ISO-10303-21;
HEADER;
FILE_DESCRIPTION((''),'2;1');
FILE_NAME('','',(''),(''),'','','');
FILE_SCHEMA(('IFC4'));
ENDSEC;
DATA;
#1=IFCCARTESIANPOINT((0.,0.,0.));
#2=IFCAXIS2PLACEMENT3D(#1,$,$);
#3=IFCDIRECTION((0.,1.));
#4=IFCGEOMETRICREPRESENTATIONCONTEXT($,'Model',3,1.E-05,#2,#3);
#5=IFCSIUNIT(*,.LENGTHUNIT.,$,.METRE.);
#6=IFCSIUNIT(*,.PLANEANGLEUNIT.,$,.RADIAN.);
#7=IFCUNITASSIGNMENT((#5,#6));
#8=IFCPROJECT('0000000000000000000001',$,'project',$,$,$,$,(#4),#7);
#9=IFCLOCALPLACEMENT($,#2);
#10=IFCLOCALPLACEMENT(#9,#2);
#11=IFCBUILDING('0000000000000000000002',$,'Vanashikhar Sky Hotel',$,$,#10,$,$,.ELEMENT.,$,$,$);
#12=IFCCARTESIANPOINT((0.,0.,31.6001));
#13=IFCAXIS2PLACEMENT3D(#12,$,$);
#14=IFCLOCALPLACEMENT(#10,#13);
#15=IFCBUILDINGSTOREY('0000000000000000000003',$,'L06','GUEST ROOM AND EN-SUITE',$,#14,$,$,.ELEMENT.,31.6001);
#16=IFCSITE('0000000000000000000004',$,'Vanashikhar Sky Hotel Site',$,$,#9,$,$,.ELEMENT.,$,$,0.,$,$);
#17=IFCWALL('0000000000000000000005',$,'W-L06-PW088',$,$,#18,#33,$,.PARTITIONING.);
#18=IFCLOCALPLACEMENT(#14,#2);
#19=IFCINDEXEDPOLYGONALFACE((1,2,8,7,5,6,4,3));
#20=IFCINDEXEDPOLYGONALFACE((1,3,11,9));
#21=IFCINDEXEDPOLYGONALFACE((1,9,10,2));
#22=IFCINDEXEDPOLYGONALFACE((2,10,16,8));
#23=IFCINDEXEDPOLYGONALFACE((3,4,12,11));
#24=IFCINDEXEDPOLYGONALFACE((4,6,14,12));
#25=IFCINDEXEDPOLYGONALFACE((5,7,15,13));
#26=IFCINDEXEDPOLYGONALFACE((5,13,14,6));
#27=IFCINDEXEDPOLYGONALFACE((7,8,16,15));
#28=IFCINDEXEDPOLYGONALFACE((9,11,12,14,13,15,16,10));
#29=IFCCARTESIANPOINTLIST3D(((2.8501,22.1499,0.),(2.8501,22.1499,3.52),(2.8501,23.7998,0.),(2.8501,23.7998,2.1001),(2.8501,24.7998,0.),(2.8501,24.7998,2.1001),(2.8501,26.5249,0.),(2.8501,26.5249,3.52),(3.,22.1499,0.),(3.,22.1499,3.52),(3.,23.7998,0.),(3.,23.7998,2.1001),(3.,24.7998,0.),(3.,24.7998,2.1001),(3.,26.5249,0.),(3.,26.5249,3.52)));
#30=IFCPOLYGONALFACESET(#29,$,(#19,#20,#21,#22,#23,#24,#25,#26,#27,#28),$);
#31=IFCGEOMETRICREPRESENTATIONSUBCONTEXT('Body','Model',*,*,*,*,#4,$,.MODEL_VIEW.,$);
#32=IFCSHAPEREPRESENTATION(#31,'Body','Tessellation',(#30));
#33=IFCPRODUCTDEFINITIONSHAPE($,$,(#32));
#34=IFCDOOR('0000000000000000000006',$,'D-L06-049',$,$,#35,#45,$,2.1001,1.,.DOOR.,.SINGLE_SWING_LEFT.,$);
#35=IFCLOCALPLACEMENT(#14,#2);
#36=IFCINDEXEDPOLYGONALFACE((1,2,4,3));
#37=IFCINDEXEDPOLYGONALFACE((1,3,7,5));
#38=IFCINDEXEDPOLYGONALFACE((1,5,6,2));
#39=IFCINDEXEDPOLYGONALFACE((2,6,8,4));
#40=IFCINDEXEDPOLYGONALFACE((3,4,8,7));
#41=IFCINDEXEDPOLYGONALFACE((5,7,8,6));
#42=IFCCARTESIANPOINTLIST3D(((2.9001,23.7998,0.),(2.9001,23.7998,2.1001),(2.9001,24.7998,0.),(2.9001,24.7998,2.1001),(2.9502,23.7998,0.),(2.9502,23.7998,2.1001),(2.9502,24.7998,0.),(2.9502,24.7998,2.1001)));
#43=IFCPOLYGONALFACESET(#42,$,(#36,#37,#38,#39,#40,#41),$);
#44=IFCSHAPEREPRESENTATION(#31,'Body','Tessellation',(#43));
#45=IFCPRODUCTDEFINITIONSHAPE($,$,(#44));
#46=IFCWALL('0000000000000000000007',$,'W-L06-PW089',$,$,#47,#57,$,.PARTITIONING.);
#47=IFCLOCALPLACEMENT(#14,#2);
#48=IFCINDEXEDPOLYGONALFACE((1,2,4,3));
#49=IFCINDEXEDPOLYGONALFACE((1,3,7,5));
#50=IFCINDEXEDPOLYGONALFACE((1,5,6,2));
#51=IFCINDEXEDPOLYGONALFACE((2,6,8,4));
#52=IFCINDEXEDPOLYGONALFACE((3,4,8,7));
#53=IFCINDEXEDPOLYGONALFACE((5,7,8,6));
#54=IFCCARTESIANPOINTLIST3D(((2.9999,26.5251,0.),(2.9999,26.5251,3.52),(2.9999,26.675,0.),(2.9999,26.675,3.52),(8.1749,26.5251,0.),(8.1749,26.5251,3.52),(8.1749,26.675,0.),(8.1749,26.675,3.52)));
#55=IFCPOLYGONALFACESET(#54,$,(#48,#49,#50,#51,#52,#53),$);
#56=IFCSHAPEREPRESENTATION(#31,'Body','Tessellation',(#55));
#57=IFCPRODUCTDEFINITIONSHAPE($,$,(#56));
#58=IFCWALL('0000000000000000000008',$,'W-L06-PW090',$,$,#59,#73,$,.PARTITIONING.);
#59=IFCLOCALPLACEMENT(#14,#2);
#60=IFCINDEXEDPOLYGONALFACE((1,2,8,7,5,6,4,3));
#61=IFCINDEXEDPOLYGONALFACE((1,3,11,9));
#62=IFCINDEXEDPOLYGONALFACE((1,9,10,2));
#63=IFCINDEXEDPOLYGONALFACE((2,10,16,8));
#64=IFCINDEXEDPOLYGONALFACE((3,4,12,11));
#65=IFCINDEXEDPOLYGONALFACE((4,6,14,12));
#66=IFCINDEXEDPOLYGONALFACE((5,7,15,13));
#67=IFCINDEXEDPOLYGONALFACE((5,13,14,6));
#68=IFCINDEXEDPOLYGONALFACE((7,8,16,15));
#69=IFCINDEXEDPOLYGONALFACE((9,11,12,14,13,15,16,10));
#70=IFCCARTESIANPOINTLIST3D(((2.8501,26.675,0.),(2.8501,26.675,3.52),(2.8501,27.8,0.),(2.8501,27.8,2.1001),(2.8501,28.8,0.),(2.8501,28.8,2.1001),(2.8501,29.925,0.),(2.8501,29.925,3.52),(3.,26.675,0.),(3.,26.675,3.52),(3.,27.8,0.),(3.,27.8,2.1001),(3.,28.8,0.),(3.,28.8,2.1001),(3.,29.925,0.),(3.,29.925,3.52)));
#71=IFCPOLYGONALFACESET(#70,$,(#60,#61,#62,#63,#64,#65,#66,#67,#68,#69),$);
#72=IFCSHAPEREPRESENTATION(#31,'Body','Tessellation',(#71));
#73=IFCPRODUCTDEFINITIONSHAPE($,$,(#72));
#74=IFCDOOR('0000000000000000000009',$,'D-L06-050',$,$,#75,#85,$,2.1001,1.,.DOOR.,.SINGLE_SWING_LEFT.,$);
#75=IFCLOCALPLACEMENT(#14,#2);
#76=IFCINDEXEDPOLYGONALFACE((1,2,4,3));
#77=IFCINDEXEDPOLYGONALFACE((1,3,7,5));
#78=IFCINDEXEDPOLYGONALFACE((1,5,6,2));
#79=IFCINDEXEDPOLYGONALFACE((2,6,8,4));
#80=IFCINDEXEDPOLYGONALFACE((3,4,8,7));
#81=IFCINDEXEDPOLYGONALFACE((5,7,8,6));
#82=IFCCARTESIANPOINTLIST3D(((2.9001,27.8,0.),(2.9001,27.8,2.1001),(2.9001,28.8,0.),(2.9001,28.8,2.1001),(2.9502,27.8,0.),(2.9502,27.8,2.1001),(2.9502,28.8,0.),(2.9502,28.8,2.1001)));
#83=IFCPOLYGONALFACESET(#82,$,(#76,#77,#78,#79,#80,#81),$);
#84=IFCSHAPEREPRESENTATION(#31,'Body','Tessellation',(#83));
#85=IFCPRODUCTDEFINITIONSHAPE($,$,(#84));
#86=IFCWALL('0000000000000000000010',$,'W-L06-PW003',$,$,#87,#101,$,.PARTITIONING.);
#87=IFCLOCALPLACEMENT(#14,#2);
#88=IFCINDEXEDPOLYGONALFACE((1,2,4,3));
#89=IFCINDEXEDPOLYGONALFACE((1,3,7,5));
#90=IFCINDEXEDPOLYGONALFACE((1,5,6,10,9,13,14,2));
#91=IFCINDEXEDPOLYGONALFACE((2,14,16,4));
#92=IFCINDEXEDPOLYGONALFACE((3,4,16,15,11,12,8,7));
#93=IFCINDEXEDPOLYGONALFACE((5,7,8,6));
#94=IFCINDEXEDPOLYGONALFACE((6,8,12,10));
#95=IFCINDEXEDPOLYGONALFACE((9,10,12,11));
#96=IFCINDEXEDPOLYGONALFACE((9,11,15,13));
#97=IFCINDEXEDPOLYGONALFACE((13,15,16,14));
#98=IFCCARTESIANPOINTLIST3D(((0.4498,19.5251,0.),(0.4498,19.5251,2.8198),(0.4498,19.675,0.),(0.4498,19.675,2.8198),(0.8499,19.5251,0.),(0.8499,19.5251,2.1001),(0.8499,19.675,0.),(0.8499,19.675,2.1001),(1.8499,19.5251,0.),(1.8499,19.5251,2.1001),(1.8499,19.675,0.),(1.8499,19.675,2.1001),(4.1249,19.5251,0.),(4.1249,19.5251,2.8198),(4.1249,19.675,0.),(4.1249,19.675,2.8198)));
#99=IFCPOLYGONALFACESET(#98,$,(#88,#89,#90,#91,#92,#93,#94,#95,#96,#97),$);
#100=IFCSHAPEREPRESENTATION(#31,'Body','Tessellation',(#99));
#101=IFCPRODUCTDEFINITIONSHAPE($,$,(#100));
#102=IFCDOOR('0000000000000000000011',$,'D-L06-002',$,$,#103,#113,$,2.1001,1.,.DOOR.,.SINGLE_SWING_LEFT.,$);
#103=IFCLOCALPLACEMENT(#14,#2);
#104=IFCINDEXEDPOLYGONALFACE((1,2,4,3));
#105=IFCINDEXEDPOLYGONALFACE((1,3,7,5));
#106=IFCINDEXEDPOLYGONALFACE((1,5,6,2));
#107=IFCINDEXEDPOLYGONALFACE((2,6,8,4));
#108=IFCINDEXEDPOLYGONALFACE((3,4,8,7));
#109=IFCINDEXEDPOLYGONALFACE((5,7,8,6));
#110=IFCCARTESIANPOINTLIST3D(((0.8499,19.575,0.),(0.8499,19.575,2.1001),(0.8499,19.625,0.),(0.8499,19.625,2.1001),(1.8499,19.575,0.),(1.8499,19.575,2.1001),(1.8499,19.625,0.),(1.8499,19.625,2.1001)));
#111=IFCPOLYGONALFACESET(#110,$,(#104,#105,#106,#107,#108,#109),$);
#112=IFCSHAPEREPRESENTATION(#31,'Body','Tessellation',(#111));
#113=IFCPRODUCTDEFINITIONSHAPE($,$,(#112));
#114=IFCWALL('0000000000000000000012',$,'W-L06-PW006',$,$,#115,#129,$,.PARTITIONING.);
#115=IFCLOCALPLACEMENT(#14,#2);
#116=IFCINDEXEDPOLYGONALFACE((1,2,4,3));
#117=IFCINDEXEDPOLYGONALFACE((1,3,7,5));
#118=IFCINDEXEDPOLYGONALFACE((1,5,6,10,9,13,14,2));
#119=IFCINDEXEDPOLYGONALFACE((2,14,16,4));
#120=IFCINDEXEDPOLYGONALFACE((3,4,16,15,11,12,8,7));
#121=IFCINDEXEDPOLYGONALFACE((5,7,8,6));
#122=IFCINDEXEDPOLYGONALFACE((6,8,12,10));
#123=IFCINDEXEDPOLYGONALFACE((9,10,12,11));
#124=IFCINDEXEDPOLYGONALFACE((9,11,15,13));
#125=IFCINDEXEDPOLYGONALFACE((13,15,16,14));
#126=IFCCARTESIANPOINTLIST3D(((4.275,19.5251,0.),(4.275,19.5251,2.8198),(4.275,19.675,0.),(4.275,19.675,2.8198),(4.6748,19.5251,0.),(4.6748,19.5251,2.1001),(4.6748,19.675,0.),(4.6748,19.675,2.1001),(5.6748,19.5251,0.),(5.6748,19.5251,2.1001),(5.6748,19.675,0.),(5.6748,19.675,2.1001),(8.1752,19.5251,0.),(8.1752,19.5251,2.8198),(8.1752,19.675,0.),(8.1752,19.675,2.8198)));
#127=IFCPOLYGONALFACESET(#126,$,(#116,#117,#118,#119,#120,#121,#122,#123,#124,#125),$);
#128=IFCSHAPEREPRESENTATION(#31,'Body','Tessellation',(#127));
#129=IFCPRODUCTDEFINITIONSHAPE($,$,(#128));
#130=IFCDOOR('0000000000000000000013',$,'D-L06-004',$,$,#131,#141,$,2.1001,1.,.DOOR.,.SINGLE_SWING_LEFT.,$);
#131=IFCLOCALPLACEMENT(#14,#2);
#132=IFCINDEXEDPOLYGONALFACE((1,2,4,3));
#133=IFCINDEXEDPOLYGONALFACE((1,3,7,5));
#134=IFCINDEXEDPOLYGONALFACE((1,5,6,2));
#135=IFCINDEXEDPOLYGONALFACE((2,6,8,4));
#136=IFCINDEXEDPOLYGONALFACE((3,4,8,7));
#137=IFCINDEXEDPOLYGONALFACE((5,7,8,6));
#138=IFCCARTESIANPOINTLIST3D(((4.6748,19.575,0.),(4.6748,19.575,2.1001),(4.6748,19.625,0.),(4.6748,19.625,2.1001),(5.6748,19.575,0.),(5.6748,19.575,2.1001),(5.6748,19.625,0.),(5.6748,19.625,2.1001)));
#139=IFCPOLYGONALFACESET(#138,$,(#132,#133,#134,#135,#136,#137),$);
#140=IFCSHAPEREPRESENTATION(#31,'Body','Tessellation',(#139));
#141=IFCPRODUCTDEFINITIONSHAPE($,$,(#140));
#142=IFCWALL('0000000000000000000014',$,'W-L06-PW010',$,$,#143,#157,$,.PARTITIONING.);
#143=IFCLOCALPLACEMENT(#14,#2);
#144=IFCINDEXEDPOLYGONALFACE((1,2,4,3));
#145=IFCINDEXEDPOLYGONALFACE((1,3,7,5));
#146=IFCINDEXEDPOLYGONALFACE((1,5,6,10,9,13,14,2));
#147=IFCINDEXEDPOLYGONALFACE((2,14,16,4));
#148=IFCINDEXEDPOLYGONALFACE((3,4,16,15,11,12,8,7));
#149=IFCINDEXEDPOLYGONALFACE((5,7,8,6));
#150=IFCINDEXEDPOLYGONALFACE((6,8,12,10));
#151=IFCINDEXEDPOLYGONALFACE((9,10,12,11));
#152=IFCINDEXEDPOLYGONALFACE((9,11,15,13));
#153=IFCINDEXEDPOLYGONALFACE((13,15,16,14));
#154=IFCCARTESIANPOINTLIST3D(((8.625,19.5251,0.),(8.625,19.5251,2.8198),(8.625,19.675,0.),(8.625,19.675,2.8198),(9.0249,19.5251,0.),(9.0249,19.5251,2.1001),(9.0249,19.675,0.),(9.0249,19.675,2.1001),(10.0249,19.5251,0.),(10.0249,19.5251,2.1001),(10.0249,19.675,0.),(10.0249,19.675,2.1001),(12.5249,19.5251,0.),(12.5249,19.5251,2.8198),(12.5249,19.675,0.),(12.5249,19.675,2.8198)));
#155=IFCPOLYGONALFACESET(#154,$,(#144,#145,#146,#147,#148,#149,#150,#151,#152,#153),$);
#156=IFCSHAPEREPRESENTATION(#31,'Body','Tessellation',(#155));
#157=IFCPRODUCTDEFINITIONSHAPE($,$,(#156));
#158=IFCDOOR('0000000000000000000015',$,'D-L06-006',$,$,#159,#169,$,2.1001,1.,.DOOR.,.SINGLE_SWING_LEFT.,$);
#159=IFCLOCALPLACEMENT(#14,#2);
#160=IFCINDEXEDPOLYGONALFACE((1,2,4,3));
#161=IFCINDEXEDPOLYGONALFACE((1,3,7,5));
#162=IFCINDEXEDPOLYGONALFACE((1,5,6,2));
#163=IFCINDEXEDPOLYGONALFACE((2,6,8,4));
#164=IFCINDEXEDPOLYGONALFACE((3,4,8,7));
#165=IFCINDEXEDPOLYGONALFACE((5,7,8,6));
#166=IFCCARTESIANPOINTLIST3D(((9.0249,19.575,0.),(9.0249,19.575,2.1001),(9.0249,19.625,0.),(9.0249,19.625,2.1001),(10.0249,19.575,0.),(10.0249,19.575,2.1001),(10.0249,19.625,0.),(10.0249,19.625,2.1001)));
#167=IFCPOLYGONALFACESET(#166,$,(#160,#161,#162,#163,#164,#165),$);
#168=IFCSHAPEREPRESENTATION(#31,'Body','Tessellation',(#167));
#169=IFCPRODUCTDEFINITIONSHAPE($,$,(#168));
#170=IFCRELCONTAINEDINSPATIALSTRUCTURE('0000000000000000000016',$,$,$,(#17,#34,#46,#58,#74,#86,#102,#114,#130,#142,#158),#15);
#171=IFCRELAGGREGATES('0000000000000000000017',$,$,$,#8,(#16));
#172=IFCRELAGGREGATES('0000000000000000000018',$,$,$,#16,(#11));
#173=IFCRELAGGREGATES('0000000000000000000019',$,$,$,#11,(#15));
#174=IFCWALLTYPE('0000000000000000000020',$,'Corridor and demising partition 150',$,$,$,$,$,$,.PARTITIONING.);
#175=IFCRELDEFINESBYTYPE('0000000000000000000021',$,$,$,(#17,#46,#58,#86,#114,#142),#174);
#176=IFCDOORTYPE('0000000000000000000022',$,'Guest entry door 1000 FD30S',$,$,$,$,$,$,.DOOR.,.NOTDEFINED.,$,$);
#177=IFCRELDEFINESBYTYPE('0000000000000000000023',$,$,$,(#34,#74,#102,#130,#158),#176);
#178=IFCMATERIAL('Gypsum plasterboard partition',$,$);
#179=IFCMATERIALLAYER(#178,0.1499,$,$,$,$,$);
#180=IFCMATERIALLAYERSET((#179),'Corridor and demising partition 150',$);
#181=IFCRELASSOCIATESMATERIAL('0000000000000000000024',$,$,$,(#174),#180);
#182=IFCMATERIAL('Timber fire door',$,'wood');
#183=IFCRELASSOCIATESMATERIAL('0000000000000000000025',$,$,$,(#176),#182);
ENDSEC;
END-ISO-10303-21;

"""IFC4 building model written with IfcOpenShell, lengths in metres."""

from ifc_helpers import new_model, si_unit, direction, frame, frame_2d, origin, place, context, subcontext, project, spatial, rectangle, extrude, source, transform, mapped, material, layer, layer_set, type_object, element, fill, save


model = new_model("IFC4")

# Units and contexts
model_context = context("Model", 3, precision=1e-05, world=origin(), true_north=direction((0.0, 1.0)))
body_context = subcontext(model_context, "Body", "Model", "MODEL_VIEW")
ifc_project = project(units=[si_unit("LENGTHUNIT", "METRE"), si_unit("PLANEANGLEUNIT", "RADIAN")], contexts=[model_context])

# Site, building, storey
site_placement = place(None, origin())
site = spatial("IfcSite", under=ifc_project, at=site_placement, Name="Vanashikhar Sky Hotel Site", CompositionType="ELEMENT", RefElevation=0.0)
building_placement = place(site_placement, origin())
building = spatial("IfcBuilding", under=site, at=building_placement, Name="Vanashikhar Sky Hotel", CompositionType="ELEMENT")
storey_placement = place(building_placement, frame((0.0, 0.0, 31.6001)))
storey = spatial("IfcBuildingStorey", under=building, at=storey_placement, Name="L06", Description="GUEST ROOM AND EN-SUITE", CompositionType="ELEMENT", Elevation=31.6001)

# Wall, opening, door
ifc_material_1 = material(Name="Gypsum plasterboard partition")
ifc_layer_1 = layer(ifc_material_1, 0.1499)
ifc_layer_set_1 = layer_set([ifc_layer_1], Name="Corridor and demising partition 150")
wall_type_1 = type_object("IfcWallType", Name="Corridor and demising partition 150", PredefinedType="PARTITIONING", material=ifc_layer_set_1)
shared_shape_1 = source(origin(), body_context, "Body", "SweptSolid", [
    extrude(rectangle(XDim=4.375, YDim=0.1499, at=frame_2d((2.1875, 0.0))), origin(), (0.0, 0.0, 1.0), 3.52),
])
wall_1_placement = place(storey_placement, frame((2.925, 22.1499, 0.0), z_axis=(0.0, 0.0, 1.0), x_axis=(0.0, 1.0, 0.0)))
wall_1 = element("IfcWall", 1, at=wall_1_placement, inside=storey, type_object=wall_type_1, Name="W-L06-PW088", PredefinedType="PARTITIONING", context=body_context, shape_type="MappedRepresentation", body=[
    mapped(shared_shape_1, transform((0.0, 0.0, 0.0), scale=1.0)),
])
shared_shape_2 = source(origin(), body_context, "Body", "SweptSolid", [
    extrude(rectangle(XDim=1.0, YDim=2.1001, at=frame_2d((0.5, 1.05))), frame((0.0, 0.085, 0.0), z_axis=(0.0, -1.0, 0.0), x_axis=(1.0, 0.0, 0.0)), (0.0, 0.0, 1.0), 0.1699),
])
opening_1_placement = place(wall_1_placement, frame((1.6499, 0.0, 0.0)))
opening_1 = element("IfcOpeningElement", 2, at=opening_1_placement, cuts=wall_1, PredefinedType="OPENING", context=body_context, shape_type="MappedRepresentation", body=[
    mapped(shared_shape_2, transform((0.0, 0.0, 0.0), scale=1.0)),
])
ifc_material_2 = material(Name="Timber fire door", Category="wood")
door_type = type_object("IfcDoorType", Name="Guest entry door 1000 FD30S", OperationType="NOTDEFINED", PredefinedType="DOOR", material=ifc_material_2)
shared_shape_3 = source(origin(), body_context, "Body", "SweptSolid", [
    extrude(rectangle(XDim=1.0, YDim=2.1001, at=frame_2d((0.5, 1.05))), frame((0.0, 0.0249, 0.0), z_axis=(0.0, -1.0, 0.0), x_axis=(1.0, 0.0, 0.0)), (0.0, 0.0, 1.0), 0.05),
])
door_1_placement = place(opening_1_placement, origin())
door_1 = element("IfcDoor", 3, at=door_1_placement, inside=storey, type_object=door_type, Name="D-L06-049", OperationType="SINGLE_SWING_LEFT", OverallHeight=2.1001, OverallWidth=1.0, PredefinedType="DOOR", context=body_context, shape_type="MappedRepresentation", body=[
    mapped(shared_shape_3, transform((0.0, 0.0, 0.0), scale=1.0)),
])
fill(opening_1, door_1)

# Wall
shared_shape_4 = source(origin(), body_context, "Body", "SweptSolid", [
    extrude(rectangle(XDim=5.175, YDim=0.1499, at=frame_2d((2.5874, 0.0))), origin(), (0.0, 0.0, 1.0), 3.52),
])
wall_2_placement = place(storey_placement, frame((3.0, 26.6001, 0.0), z_axis=(0.0, 0.0, 1.0), x_axis=(1.0, 0.0, 0.0)))
element("IfcWall", 4, at=wall_2_placement, inside=storey, type_object=wall_type_1, Name="W-L06-PW089", PredefinedType="PARTITIONING", context=body_context, shape_type="MappedRepresentation", body=[
    mapped(shared_shape_4, transform((0.0, 0.0, 0.0), scale=1.0)),
])

# Walls, openings, doors
shared_shape_5 = source(origin(), body_context, "Body", "SweptSolid", [
    extrude(rectangle(XDim=3.25, YDim=0.1499, at=frame_2d((1.625, 0.0))), origin(), (0.0, 0.0, 1.0), 3.52),
])
wall_3_placement = place(storey_placement, frame((2.925, 26.675, 0.0), z_axis=(0.0, 0.0, 1.0), x_axis=(0.0, 1.0, 0.0)))
wall_3 = element("IfcWall", 5, at=wall_3_placement, inside=storey, type_object=wall_type_1, Name="W-L06-PW090", PredefinedType="PARTITIONING", context=body_context, shape_type="MappedRepresentation", body=[
    mapped(shared_shape_5, transform((0.0, 0.0, 0.0), scale=1.0)),
])
opening_2_placement = place(wall_3_placement, frame((1.125, 0.0, 0.0)))
opening_2 = element("IfcOpeningElement", 6, at=opening_2_placement, cuts=wall_3, PredefinedType="OPENING", context=body_context, shape_type="MappedRepresentation", body=[
    mapped(shared_shape_2, transform((0.0, 0.0, 0.0), scale=1.0)),
])
door_2_placement = place(opening_2_placement, origin())
door_2 = element("IfcDoor", 7, at=door_2_placement, inside=storey, type_object=door_type, Name="D-L06-050", OperationType="SINGLE_SWING_LEFT", OverallHeight=2.1001, OverallWidth=1.0, PredefinedType="DOOR", context=body_context, shape_type="MappedRepresentation", body=[
    mapped(shared_shape_3, transform((0.0, 0.0, 0.0), scale=1.0)),
])
fill(opening_2, door_2)
shared_shape_6 = source(origin(), body_context, "Body", "SweptSolid", [
    extrude(rectangle(XDim=3.675, YDim=0.1499, at=frame_2d((1.8374, 0.0))), origin(), (0.0, 0.0, 1.0), 2.8198),
])
wall_4_placement = place(storey_placement, frame((0.45, 19.6001, 0.0), z_axis=(0.0, 0.0, 1.0), x_axis=(1.0, 0.0, 0.0)))
wall_4 = element("IfcWall", 8, at=wall_4_placement, inside=storey, type_object=wall_type_1, Name="W-L06-PW003", PredefinedType="PARTITIONING", context=body_context, shape_type="MappedRepresentation", body=[
    mapped(shared_shape_6, transform((0.0, 0.0, 0.0), scale=1.0)),
])
opening_3_placement = place(wall_4_placement, frame((0.3999, 0.0, 0.0)))
opening_3 = element("IfcOpeningElement", 9, at=opening_3_placement, cuts=wall_4, PredefinedType="OPENING", context=body_context, shape_type="MappedRepresentation", body=[
    mapped(shared_shape_2, transform((0.0, 0.0, 0.0), scale=1.0)),
])
door_3_placement = place(opening_3_placement, origin())
door_3 = element("IfcDoor", 10, at=door_3_placement, inside=storey, type_object=door_type, Name="D-L06-002", OperationType="SINGLE_SWING_LEFT", OverallHeight=2.1001, OverallWidth=1.0, PredefinedType="DOOR", context=body_context, shape_type="MappedRepresentation", body=[
    mapped(shared_shape_3, transform((0.0, 0.0, 0.0), scale=1.0)),
])
fill(opening_3, door_3)
shared_shape_7 = source(origin(), body_context, "Body", "SweptSolid", [
    extrude(rectangle(XDim=3.9001, YDim=0.1499, at=frame_2d((1.9502, 0.0))), origin(), (0.0, 0.0, 1.0), 2.8198),
])
wall_5_placement = place(storey_placement, frame((4.2749, 19.6001, 0.0), z_axis=(0.0, 0.0, 1.0), x_axis=(1.0, 0.0, 0.0)))
wall_5 = element("IfcWall", 11, at=wall_5_placement, inside=storey, type_object=wall_type_1, Name="W-L06-PW006", PredefinedType="PARTITIONING", context=body_context, shape_type="MappedRepresentation", body=[
    mapped(shared_shape_7, transform((0.0, 0.0, 0.0), scale=1.0)),
])
opening_4_placement = place(wall_5_placement, frame((0.3999, 0.0, 0.0)))
opening_4 = element("IfcOpeningElement", 12, at=opening_4_placement, cuts=wall_5, PredefinedType="OPENING", context=body_context, shape_type="MappedRepresentation", body=[
    mapped(shared_shape_2, transform((0.0, 0.0, 0.0), scale=1.0)),
])
door_4_placement = place(opening_4_placement, origin())
door_4 = element("IfcDoor", 13, at=door_4_placement, inside=storey, type_object=door_type, Name="D-L06-004", OperationType="SINGLE_SWING_LEFT", OverallHeight=2.1001, OverallWidth=1.0, PredefinedType="DOOR", context=body_context, shape_type="MappedRepresentation", body=[
    mapped(shared_shape_3, transform((0.0, 0.0, 0.0), scale=1.0)),
])
fill(opening_4, door_4)
shared_shape_8 = source(origin(), body_context, "Body", "SweptSolid", [
    extrude(rectangle(XDim=3.8999, YDim=0.1499, at=frame_2d((1.95, 0.0))), origin(), (0.0, 0.0, 1.0), 2.8198),
])
wall_6_placement = place(storey_placement, frame((8.625, 19.6001, 0.0), z_axis=(0.0, 0.0, 1.0), x_axis=(1.0, 0.0, 0.0)))
wall_6 = element("IfcWall", 14, at=wall_6_placement, inside=storey, type_object=wall_type_1, Name="W-L06-PW010", PredefinedType="PARTITIONING", context=body_context, shape_type="MappedRepresentation", body=[
    mapped(shared_shape_8, transform((0.0, 0.0, 0.0), scale=1.0)),
])
opening_5_placement = place(wall_6_placement, frame((0.3999, 0.0, 0.0)))
opening_5 = element("IfcOpeningElement", 15, at=opening_5_placement, cuts=wall_6, PredefinedType="OPENING", context=body_context, shape_type="MappedRepresentation", body=[
    mapped(shared_shape_2, transform((0.0, 0.0, 0.0), scale=1.0)),
])
door_5_placement = place(opening_5_placement, origin())
door_5 = element("IfcDoor", 16, at=door_5_placement, inside=storey, type_object=door_type, Name="D-L06-006", OperationType="SINGLE_SWING_LEFT", OverallHeight=2.1001, OverallWidth=1.0, PredefinedType="DOOR", context=body_context, shape_type="MappedRepresentation", body=[
    mapped(shared_shape_3, transform((0.0, 0.0, 0.0), scale=1.0)),
])
fill(opening_5, door_5)

save(model, "model.ifc")
